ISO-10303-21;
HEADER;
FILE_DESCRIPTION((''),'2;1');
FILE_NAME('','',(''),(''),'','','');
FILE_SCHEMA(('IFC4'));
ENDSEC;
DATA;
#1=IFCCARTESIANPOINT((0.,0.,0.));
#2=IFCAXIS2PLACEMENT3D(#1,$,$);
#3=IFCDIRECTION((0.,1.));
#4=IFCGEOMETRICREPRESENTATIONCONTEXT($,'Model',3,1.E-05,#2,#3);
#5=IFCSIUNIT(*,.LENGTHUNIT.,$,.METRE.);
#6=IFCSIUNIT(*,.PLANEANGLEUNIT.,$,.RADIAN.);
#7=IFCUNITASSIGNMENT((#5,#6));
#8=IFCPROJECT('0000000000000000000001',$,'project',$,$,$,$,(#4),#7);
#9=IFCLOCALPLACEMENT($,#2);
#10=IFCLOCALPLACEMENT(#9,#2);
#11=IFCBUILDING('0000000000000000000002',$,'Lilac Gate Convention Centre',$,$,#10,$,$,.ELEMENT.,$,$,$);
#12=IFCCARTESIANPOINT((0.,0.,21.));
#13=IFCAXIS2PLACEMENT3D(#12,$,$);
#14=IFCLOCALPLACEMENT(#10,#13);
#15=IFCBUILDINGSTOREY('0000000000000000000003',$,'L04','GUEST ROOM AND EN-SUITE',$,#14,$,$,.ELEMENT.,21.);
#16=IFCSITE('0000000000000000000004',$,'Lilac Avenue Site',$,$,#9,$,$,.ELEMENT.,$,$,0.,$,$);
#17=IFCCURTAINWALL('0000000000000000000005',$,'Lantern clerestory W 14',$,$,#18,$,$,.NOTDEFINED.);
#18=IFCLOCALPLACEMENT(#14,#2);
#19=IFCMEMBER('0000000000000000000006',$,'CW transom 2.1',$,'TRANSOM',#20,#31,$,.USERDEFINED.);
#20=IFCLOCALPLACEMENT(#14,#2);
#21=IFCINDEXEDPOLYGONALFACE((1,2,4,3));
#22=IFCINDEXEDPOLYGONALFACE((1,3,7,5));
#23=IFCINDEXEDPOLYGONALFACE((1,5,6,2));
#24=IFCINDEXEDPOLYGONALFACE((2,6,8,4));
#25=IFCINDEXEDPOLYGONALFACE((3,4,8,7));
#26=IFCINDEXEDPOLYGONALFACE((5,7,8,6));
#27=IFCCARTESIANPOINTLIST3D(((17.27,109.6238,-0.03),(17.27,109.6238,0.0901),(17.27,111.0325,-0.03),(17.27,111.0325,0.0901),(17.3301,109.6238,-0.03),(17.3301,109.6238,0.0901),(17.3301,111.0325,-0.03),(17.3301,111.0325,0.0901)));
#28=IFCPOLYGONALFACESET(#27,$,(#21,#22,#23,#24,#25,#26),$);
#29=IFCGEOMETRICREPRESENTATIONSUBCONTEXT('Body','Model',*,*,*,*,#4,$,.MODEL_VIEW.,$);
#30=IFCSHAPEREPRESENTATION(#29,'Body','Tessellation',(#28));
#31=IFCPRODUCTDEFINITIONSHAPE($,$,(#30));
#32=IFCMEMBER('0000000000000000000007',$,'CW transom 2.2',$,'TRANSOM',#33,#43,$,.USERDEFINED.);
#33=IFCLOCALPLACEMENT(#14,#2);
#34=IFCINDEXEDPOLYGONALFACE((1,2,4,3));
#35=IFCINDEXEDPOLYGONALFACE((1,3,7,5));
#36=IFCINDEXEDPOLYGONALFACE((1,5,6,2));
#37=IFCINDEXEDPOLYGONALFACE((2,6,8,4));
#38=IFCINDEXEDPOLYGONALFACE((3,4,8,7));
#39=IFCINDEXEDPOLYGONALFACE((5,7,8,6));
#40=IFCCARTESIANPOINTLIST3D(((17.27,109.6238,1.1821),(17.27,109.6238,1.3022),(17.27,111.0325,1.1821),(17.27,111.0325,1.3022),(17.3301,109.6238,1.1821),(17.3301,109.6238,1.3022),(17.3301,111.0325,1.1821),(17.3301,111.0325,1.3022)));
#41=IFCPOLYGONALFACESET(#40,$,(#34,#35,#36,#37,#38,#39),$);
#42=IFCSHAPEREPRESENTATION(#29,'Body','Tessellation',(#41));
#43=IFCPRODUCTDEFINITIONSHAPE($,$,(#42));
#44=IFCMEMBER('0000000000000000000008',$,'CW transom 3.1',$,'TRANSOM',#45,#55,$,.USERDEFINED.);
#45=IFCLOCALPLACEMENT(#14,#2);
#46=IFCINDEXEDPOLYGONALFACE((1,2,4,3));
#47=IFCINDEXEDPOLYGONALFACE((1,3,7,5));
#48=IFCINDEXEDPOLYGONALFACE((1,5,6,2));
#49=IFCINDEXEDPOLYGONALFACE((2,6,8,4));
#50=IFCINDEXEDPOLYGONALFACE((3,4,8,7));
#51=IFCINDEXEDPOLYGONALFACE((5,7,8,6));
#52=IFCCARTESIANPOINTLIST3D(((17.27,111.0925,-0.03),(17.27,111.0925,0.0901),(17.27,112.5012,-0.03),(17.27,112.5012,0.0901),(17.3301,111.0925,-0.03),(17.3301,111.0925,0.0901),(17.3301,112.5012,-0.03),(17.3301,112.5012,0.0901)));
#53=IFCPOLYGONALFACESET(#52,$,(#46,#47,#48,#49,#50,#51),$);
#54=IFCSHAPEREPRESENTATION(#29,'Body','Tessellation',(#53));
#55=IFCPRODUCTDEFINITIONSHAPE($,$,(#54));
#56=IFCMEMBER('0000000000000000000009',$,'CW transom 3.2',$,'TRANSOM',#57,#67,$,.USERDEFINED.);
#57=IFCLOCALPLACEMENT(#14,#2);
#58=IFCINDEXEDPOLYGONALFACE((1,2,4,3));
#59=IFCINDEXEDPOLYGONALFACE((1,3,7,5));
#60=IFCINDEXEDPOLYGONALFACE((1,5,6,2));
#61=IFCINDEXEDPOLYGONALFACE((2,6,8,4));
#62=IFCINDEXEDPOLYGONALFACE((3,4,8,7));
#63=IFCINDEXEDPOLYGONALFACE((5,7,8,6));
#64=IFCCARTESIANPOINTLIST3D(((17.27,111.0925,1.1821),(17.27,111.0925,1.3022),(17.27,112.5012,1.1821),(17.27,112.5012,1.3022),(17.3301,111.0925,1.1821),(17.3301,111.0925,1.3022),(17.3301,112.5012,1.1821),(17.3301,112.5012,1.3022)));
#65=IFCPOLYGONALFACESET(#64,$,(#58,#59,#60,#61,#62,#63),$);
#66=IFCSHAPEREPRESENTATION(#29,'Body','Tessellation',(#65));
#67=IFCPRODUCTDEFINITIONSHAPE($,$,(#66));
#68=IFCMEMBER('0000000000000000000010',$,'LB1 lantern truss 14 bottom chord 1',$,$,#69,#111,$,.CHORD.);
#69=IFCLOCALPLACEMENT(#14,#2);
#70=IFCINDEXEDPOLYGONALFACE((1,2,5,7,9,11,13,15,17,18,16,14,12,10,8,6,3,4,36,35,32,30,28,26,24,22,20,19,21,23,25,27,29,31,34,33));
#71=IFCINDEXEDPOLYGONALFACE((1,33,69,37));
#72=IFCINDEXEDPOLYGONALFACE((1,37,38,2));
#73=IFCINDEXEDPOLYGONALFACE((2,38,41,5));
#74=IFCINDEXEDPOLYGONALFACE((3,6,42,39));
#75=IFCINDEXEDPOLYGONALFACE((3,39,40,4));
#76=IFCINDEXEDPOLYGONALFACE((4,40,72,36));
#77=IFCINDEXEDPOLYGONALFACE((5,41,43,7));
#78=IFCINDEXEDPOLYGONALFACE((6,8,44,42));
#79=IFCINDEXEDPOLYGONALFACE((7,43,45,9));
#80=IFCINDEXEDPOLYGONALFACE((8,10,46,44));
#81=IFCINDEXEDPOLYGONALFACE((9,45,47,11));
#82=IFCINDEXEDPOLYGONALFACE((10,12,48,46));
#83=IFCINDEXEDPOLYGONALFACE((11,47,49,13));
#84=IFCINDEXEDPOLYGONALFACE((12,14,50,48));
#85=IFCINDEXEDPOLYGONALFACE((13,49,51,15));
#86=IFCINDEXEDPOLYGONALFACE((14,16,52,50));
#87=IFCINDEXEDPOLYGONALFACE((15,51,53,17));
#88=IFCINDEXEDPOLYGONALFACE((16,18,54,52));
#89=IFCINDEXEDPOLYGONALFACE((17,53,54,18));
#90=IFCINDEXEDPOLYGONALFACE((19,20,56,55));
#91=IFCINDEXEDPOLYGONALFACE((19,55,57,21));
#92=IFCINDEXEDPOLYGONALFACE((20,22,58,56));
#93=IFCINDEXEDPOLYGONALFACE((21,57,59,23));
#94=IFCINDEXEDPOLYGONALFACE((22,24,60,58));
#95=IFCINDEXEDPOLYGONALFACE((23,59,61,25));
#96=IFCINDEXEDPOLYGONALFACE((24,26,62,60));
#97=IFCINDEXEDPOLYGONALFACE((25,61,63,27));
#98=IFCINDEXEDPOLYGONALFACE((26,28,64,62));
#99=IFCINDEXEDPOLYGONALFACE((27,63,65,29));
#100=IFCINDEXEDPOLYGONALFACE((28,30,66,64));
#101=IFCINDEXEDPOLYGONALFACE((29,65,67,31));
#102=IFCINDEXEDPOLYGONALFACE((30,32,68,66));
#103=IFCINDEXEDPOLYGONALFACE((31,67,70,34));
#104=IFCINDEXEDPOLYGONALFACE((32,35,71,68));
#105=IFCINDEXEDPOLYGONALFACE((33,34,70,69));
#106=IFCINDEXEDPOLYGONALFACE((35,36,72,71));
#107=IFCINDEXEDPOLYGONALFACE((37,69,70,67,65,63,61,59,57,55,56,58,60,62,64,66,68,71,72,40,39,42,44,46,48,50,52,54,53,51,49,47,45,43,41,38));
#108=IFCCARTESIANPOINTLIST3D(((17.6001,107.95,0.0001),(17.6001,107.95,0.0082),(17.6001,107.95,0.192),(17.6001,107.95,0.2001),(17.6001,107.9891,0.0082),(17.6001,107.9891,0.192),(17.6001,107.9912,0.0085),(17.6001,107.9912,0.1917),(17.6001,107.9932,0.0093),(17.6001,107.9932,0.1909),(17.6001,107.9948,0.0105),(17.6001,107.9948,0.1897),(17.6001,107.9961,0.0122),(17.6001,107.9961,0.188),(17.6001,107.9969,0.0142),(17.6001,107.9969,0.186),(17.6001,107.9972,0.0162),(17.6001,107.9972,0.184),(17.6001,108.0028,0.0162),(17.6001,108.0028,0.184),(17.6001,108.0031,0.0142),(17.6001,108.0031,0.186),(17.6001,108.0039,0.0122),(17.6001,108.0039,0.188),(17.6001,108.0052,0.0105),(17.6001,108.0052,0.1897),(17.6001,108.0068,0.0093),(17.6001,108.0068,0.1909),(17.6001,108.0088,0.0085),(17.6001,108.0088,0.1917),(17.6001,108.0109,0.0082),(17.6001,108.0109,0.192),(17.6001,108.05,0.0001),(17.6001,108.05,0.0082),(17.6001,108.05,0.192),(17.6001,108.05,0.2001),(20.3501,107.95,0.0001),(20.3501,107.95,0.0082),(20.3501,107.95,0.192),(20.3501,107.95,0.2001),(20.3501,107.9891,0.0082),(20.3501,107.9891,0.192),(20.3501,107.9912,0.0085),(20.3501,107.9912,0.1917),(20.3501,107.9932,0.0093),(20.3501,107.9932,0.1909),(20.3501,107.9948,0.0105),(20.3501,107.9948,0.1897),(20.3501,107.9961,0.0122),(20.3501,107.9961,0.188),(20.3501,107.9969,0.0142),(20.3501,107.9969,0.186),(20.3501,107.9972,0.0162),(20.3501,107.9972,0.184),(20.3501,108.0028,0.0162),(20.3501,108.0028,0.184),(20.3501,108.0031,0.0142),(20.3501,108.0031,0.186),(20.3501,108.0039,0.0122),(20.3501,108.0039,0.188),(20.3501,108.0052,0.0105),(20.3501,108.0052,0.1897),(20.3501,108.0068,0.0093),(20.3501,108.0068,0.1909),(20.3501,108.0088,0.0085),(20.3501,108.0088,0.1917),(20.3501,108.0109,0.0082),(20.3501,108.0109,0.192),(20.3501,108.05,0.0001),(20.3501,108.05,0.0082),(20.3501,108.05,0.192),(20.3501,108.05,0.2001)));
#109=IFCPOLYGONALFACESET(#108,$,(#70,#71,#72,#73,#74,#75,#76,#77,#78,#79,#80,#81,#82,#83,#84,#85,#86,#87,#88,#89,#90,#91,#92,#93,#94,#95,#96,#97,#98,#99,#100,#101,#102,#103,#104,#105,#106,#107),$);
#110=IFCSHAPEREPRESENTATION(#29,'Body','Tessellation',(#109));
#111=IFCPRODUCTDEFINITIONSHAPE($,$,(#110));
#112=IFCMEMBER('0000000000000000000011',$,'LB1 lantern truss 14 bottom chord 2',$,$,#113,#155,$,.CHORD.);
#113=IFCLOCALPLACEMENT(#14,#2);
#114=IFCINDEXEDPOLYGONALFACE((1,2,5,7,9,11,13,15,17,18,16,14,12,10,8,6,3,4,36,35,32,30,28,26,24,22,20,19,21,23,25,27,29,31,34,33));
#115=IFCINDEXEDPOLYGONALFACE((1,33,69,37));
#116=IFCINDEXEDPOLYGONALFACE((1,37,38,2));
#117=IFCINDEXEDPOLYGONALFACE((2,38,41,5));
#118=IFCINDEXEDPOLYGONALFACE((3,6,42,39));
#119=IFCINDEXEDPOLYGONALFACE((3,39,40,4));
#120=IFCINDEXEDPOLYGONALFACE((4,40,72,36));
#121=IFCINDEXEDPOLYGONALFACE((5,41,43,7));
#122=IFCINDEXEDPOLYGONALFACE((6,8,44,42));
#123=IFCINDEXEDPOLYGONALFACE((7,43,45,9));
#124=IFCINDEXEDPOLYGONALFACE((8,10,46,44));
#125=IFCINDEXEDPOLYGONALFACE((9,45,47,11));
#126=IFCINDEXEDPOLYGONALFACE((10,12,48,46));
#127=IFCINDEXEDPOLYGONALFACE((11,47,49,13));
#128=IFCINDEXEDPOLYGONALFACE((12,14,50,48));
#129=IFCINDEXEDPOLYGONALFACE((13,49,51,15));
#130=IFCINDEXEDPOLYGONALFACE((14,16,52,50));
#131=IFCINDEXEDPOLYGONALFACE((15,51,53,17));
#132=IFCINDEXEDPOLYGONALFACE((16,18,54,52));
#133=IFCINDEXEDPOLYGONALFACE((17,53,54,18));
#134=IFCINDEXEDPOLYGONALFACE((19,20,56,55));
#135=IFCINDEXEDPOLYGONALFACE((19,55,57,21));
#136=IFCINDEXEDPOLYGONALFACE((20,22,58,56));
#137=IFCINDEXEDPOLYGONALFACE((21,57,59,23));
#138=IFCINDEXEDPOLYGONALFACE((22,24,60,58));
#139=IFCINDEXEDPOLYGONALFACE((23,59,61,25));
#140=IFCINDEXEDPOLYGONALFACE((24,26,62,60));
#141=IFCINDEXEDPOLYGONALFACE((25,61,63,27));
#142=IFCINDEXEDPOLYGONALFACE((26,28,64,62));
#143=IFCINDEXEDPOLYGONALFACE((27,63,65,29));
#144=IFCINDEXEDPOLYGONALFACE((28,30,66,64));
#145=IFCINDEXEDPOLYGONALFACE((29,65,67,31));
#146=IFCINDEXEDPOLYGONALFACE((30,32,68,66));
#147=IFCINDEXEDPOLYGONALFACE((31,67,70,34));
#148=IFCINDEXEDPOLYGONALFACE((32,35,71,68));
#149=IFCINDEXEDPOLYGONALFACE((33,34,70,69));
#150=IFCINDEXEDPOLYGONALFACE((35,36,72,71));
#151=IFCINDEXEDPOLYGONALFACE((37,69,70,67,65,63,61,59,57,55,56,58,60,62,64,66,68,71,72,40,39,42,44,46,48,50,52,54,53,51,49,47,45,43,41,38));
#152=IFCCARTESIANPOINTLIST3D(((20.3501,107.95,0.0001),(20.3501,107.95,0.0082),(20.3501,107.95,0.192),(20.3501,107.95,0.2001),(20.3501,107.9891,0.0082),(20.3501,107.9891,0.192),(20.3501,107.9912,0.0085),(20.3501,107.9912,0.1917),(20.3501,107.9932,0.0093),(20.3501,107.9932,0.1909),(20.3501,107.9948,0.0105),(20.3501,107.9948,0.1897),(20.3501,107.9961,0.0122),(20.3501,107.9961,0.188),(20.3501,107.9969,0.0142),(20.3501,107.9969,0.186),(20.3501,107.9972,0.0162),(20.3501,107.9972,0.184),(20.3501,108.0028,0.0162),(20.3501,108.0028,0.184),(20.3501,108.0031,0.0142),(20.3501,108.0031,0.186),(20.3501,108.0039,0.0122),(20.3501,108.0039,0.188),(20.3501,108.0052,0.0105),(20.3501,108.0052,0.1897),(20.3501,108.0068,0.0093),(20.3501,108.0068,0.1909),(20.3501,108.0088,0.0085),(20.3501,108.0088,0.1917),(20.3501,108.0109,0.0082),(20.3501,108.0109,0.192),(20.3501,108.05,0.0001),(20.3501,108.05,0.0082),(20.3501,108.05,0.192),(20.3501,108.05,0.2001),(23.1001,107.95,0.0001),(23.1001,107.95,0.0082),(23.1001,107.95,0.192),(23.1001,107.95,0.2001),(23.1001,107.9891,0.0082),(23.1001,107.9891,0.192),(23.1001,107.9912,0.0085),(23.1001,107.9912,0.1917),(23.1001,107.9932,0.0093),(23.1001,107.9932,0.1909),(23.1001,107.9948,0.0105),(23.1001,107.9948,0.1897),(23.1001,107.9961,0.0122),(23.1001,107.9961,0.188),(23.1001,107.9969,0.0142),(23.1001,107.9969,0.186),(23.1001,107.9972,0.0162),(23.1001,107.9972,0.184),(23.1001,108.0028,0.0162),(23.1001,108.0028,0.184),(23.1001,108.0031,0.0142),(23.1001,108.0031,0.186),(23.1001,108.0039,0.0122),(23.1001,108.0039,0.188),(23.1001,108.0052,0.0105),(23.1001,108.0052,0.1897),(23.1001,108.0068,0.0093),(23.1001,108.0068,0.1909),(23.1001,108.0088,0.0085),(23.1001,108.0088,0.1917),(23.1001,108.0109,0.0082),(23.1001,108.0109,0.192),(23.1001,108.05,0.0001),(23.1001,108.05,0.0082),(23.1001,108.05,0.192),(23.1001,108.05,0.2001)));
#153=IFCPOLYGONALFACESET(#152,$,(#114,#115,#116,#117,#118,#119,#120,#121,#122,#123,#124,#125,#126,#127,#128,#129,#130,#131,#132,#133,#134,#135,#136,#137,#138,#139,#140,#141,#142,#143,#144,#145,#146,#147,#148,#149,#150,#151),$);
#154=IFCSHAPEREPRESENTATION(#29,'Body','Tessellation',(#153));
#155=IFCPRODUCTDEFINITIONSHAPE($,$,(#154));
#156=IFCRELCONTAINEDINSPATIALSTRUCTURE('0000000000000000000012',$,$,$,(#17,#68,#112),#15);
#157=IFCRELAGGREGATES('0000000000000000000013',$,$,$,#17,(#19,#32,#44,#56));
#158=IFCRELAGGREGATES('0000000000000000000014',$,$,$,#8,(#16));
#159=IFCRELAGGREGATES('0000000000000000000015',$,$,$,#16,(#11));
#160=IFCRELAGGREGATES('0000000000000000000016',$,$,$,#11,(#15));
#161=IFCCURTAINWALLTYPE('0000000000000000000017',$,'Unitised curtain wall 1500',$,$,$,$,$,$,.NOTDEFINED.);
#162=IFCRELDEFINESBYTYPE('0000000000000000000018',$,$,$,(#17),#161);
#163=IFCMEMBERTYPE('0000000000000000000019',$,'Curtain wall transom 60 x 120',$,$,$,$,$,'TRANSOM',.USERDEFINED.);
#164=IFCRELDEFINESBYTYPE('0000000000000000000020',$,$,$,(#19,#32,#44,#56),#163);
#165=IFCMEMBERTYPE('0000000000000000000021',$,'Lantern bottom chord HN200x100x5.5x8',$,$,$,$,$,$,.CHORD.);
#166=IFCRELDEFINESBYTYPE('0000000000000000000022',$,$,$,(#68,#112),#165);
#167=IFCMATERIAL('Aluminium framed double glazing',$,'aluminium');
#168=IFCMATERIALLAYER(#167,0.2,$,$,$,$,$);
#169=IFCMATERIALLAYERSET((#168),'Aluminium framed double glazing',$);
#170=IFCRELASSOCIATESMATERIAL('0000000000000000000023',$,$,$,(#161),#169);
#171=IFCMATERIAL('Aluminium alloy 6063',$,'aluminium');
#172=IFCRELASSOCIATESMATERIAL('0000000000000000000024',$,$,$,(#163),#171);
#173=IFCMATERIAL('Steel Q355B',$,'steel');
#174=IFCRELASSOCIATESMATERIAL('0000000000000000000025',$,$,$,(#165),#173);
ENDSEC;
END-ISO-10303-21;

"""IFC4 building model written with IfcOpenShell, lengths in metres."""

from ifc_helpers import new_model, si_unit, direction, frame, origin, origin_2d, place, context, subcontext, project, spatial, rectangle, i_section, extrude, material, layer, layer_set, material_profile, profile_set, type_object, element, aggregate, save


model = new_model("IFC4")

# Units and contexts
model_context = context("Model", 3, precision=1e-05, world=origin(), true_north=direction((0.0, 1.0)))
body_context = subcontext(model_context, "Body", "Model", "MODEL_VIEW")
ifc_project = project(units=[si_unit("LENGTHUNIT", "METRE"), si_unit("PLANEANGLEUNIT", "RADIAN")], contexts=[model_context])

# Site, building, storey
site_placement = place(None, origin())
site = spatial("IfcSite", under=ifc_project, at=site_placement, Name="Lilac Avenue Site", CompositionType="ELEMENT", RefElevation=0.0)
building_placement = place(site_placement, origin())
building = spatial("IfcBuilding", under=site, at=building_placement, Name="Lilac Gate Convention Centre", CompositionType="ELEMENT")
storey_placement = place(building_placement, frame((0.0, 0.0, 21.0)))
storey = spatial("IfcBuildingStorey", under=building, at=storey_placement, Name="L04", Description="GUEST ROOM AND EN-SUITE", CompositionType="ELEMENT", Elevation=21.0)

# Curtain wall
ifc_material_1 = material(Name="Aluminium framed double glazing", Category="aluminium")
ifc_layer_1 = layer(ifc_material_1, 0.2)
ifc_layer_set_1 = layer_set([ifc_layer_1], Name="Aluminium framed double glazing")
curtain_wall_type = type_object("IfcCurtainWallType", Name="Unitised curtain wall 1500", PredefinedType="NOTDEFINED", material=ifc_layer_set_1)
ifc_material_2 = material(Name="Aluminium alloy 6063", Category="aluminium")
curtain_wall_1_placement = place(storey_placement, origin())
curtain_wall_1 = element("IfcCurtainWall", 1, at=curtain_wall_1_placement, inside=storey, type_object=curtain_wall_type, Name="Lantern clerestory W 14", PredefinedType="NOTDEFINED")

# Members
ifc_material_profile_1 = material_profile(ifc_material_2, rectangle(XDim=0.0601, YDim=0.1201, at=origin_2d()), Name="Curtain wall transom 60 x 120")
ifc_profile_set_1 = profile_set([ifc_material_profile_1], Name="Aluminium alloy 6063")
member_type_1 = type_object("IfcMemberType", Name="Curtain wall transom 60 x 120", ElementType="TRANSOM", PredefinedType="USERDEFINED", material=ifc_profile_set_1)
member_1_placement = place(storey_placement, frame((17.3, 109.6238, 0.03), z_axis=(0.0, 1.0, 0.0), x_axis=(-1.0, 0.0, 0.0)))
member_1 = element("IfcMember", 2, at=member_1_placement, type_object=member_type_1, Name="CW transom 2.1", ObjectType="TRANSOM", PredefinedType="USERDEFINED", context=body_context, shape_type="SweptSolid", body=[
    extrude(rectangle(XDim=0.0601, YDim=0.1201, at=origin_2d()), origin(), (0.0, 0.0, 1.0), 1.4087),
])
member_2_placement = place(storey_placement, frame((17.3, 109.6238, 1.2422), z_axis=(0.0, 1.0, 0.0), x_axis=(-1.0, 0.0, 0.0)))
member_2 = element("IfcMember", 3, at=member_2_placement, type_object=member_type_1, Name="CW transom 2.2", ObjectType="TRANSOM", PredefinedType="USERDEFINED", context=body_context, shape_type="SweptSolid", body=[
    extrude(rectangle(XDim=0.0601, YDim=0.1201, at=origin_2d()), origin(), (0.0, 0.0, 1.0), 1.4087),
])
member_3_placement = place(storey_placement, frame((17.3, 111.0925, 0.03), z_axis=(0.0, 1.0, 0.0), x_axis=(-1.0, 0.0, 0.0)))
member_3 = element("IfcMember", 4, at=member_3_placement, type_object=member_type_1, Name="CW transom 3.1", ObjectType="TRANSOM", PredefinedType="USERDEFINED", context=body_context, shape_type="SweptSolid", body=[
    extrude(rectangle(XDim=0.0601, YDim=0.1201, at=origin_2d()), origin(), (0.0, 0.0, 1.0), 1.4087),
])
member_4_placement = place(storey_placement, frame((17.3, 111.0925, 1.2422), z_axis=(0.0, 1.0, 0.0), x_axis=(-1.0, 0.0, 0.0)))
member_4 = element("IfcMember", 5, at=member_4_placement, type_object=member_type_1, Name="CW transom 3.2", ObjectType="TRANSOM", PredefinedType="USERDEFINED", context=body_context, shape_type="SweptSolid", body=[
    extrude(rectangle(XDim=0.0601, YDim=0.1201, at=origin_2d()), origin(), (0.0, 0.0, 1.0), 1.4087),
])

# Members
ifc_material_3 = material(Name="Steel Q355B", Category="steel")
ifc_material_profile_2 = material_profile(ifc_material_3, i_section(OverallWidth=0.1001, OverallDepth=0.2, WebThickness=0.0056, FlangeThickness=0.0081, FilletRadius=0.0081, at=origin_2d()), Name="HN200x100x5.5x8")
ifc_profile_set_2 = profile_set([ifc_material_profile_2], Name="Steel Q355B")
member_type_2 = type_object("IfcMemberType", Name="Lantern bottom chord HN200x100x5.5x8", PredefinedType="CHORD", material=ifc_profile_set_2)
for number, where, z_axis, x_axis, name in (
    (6, (17.6001, 108.0, 0.1001), (1.0, 0.0, 0.0), (0.0, 1.0, 0.0), "LB1 lantern truss 14 bottom chord 1"),
    (7, (20.3501, 108.0, 0.1001), (1.0, 0.0, 0.0), (0.0, 1.0, 0.0), "LB1 lantern truss 14 bottom chord 2"),
):
    element("IfcMember", number, at=place(storey_placement, frame(where, z_axis=z_axis, x_axis=x_axis)), inside=storey, type_object=member_type_2, Name=name, PredefinedType="CHORD", context=body_context, shape_type="SweptSolid", body=[
        extrude(i_section(OverallWidth=0.1001, OverallDepth=0.2, WebThickness=0.0056, FlangeThickness=0.0081, FilletRadius=0.0081, at=origin_2d()), origin(), (0.0, 0.0, 1.0), 2.75),
    ])

aggregate(curtain_wall_1, [member_1, member_2, member_3, member_4])

save(model, "model.ifc")
